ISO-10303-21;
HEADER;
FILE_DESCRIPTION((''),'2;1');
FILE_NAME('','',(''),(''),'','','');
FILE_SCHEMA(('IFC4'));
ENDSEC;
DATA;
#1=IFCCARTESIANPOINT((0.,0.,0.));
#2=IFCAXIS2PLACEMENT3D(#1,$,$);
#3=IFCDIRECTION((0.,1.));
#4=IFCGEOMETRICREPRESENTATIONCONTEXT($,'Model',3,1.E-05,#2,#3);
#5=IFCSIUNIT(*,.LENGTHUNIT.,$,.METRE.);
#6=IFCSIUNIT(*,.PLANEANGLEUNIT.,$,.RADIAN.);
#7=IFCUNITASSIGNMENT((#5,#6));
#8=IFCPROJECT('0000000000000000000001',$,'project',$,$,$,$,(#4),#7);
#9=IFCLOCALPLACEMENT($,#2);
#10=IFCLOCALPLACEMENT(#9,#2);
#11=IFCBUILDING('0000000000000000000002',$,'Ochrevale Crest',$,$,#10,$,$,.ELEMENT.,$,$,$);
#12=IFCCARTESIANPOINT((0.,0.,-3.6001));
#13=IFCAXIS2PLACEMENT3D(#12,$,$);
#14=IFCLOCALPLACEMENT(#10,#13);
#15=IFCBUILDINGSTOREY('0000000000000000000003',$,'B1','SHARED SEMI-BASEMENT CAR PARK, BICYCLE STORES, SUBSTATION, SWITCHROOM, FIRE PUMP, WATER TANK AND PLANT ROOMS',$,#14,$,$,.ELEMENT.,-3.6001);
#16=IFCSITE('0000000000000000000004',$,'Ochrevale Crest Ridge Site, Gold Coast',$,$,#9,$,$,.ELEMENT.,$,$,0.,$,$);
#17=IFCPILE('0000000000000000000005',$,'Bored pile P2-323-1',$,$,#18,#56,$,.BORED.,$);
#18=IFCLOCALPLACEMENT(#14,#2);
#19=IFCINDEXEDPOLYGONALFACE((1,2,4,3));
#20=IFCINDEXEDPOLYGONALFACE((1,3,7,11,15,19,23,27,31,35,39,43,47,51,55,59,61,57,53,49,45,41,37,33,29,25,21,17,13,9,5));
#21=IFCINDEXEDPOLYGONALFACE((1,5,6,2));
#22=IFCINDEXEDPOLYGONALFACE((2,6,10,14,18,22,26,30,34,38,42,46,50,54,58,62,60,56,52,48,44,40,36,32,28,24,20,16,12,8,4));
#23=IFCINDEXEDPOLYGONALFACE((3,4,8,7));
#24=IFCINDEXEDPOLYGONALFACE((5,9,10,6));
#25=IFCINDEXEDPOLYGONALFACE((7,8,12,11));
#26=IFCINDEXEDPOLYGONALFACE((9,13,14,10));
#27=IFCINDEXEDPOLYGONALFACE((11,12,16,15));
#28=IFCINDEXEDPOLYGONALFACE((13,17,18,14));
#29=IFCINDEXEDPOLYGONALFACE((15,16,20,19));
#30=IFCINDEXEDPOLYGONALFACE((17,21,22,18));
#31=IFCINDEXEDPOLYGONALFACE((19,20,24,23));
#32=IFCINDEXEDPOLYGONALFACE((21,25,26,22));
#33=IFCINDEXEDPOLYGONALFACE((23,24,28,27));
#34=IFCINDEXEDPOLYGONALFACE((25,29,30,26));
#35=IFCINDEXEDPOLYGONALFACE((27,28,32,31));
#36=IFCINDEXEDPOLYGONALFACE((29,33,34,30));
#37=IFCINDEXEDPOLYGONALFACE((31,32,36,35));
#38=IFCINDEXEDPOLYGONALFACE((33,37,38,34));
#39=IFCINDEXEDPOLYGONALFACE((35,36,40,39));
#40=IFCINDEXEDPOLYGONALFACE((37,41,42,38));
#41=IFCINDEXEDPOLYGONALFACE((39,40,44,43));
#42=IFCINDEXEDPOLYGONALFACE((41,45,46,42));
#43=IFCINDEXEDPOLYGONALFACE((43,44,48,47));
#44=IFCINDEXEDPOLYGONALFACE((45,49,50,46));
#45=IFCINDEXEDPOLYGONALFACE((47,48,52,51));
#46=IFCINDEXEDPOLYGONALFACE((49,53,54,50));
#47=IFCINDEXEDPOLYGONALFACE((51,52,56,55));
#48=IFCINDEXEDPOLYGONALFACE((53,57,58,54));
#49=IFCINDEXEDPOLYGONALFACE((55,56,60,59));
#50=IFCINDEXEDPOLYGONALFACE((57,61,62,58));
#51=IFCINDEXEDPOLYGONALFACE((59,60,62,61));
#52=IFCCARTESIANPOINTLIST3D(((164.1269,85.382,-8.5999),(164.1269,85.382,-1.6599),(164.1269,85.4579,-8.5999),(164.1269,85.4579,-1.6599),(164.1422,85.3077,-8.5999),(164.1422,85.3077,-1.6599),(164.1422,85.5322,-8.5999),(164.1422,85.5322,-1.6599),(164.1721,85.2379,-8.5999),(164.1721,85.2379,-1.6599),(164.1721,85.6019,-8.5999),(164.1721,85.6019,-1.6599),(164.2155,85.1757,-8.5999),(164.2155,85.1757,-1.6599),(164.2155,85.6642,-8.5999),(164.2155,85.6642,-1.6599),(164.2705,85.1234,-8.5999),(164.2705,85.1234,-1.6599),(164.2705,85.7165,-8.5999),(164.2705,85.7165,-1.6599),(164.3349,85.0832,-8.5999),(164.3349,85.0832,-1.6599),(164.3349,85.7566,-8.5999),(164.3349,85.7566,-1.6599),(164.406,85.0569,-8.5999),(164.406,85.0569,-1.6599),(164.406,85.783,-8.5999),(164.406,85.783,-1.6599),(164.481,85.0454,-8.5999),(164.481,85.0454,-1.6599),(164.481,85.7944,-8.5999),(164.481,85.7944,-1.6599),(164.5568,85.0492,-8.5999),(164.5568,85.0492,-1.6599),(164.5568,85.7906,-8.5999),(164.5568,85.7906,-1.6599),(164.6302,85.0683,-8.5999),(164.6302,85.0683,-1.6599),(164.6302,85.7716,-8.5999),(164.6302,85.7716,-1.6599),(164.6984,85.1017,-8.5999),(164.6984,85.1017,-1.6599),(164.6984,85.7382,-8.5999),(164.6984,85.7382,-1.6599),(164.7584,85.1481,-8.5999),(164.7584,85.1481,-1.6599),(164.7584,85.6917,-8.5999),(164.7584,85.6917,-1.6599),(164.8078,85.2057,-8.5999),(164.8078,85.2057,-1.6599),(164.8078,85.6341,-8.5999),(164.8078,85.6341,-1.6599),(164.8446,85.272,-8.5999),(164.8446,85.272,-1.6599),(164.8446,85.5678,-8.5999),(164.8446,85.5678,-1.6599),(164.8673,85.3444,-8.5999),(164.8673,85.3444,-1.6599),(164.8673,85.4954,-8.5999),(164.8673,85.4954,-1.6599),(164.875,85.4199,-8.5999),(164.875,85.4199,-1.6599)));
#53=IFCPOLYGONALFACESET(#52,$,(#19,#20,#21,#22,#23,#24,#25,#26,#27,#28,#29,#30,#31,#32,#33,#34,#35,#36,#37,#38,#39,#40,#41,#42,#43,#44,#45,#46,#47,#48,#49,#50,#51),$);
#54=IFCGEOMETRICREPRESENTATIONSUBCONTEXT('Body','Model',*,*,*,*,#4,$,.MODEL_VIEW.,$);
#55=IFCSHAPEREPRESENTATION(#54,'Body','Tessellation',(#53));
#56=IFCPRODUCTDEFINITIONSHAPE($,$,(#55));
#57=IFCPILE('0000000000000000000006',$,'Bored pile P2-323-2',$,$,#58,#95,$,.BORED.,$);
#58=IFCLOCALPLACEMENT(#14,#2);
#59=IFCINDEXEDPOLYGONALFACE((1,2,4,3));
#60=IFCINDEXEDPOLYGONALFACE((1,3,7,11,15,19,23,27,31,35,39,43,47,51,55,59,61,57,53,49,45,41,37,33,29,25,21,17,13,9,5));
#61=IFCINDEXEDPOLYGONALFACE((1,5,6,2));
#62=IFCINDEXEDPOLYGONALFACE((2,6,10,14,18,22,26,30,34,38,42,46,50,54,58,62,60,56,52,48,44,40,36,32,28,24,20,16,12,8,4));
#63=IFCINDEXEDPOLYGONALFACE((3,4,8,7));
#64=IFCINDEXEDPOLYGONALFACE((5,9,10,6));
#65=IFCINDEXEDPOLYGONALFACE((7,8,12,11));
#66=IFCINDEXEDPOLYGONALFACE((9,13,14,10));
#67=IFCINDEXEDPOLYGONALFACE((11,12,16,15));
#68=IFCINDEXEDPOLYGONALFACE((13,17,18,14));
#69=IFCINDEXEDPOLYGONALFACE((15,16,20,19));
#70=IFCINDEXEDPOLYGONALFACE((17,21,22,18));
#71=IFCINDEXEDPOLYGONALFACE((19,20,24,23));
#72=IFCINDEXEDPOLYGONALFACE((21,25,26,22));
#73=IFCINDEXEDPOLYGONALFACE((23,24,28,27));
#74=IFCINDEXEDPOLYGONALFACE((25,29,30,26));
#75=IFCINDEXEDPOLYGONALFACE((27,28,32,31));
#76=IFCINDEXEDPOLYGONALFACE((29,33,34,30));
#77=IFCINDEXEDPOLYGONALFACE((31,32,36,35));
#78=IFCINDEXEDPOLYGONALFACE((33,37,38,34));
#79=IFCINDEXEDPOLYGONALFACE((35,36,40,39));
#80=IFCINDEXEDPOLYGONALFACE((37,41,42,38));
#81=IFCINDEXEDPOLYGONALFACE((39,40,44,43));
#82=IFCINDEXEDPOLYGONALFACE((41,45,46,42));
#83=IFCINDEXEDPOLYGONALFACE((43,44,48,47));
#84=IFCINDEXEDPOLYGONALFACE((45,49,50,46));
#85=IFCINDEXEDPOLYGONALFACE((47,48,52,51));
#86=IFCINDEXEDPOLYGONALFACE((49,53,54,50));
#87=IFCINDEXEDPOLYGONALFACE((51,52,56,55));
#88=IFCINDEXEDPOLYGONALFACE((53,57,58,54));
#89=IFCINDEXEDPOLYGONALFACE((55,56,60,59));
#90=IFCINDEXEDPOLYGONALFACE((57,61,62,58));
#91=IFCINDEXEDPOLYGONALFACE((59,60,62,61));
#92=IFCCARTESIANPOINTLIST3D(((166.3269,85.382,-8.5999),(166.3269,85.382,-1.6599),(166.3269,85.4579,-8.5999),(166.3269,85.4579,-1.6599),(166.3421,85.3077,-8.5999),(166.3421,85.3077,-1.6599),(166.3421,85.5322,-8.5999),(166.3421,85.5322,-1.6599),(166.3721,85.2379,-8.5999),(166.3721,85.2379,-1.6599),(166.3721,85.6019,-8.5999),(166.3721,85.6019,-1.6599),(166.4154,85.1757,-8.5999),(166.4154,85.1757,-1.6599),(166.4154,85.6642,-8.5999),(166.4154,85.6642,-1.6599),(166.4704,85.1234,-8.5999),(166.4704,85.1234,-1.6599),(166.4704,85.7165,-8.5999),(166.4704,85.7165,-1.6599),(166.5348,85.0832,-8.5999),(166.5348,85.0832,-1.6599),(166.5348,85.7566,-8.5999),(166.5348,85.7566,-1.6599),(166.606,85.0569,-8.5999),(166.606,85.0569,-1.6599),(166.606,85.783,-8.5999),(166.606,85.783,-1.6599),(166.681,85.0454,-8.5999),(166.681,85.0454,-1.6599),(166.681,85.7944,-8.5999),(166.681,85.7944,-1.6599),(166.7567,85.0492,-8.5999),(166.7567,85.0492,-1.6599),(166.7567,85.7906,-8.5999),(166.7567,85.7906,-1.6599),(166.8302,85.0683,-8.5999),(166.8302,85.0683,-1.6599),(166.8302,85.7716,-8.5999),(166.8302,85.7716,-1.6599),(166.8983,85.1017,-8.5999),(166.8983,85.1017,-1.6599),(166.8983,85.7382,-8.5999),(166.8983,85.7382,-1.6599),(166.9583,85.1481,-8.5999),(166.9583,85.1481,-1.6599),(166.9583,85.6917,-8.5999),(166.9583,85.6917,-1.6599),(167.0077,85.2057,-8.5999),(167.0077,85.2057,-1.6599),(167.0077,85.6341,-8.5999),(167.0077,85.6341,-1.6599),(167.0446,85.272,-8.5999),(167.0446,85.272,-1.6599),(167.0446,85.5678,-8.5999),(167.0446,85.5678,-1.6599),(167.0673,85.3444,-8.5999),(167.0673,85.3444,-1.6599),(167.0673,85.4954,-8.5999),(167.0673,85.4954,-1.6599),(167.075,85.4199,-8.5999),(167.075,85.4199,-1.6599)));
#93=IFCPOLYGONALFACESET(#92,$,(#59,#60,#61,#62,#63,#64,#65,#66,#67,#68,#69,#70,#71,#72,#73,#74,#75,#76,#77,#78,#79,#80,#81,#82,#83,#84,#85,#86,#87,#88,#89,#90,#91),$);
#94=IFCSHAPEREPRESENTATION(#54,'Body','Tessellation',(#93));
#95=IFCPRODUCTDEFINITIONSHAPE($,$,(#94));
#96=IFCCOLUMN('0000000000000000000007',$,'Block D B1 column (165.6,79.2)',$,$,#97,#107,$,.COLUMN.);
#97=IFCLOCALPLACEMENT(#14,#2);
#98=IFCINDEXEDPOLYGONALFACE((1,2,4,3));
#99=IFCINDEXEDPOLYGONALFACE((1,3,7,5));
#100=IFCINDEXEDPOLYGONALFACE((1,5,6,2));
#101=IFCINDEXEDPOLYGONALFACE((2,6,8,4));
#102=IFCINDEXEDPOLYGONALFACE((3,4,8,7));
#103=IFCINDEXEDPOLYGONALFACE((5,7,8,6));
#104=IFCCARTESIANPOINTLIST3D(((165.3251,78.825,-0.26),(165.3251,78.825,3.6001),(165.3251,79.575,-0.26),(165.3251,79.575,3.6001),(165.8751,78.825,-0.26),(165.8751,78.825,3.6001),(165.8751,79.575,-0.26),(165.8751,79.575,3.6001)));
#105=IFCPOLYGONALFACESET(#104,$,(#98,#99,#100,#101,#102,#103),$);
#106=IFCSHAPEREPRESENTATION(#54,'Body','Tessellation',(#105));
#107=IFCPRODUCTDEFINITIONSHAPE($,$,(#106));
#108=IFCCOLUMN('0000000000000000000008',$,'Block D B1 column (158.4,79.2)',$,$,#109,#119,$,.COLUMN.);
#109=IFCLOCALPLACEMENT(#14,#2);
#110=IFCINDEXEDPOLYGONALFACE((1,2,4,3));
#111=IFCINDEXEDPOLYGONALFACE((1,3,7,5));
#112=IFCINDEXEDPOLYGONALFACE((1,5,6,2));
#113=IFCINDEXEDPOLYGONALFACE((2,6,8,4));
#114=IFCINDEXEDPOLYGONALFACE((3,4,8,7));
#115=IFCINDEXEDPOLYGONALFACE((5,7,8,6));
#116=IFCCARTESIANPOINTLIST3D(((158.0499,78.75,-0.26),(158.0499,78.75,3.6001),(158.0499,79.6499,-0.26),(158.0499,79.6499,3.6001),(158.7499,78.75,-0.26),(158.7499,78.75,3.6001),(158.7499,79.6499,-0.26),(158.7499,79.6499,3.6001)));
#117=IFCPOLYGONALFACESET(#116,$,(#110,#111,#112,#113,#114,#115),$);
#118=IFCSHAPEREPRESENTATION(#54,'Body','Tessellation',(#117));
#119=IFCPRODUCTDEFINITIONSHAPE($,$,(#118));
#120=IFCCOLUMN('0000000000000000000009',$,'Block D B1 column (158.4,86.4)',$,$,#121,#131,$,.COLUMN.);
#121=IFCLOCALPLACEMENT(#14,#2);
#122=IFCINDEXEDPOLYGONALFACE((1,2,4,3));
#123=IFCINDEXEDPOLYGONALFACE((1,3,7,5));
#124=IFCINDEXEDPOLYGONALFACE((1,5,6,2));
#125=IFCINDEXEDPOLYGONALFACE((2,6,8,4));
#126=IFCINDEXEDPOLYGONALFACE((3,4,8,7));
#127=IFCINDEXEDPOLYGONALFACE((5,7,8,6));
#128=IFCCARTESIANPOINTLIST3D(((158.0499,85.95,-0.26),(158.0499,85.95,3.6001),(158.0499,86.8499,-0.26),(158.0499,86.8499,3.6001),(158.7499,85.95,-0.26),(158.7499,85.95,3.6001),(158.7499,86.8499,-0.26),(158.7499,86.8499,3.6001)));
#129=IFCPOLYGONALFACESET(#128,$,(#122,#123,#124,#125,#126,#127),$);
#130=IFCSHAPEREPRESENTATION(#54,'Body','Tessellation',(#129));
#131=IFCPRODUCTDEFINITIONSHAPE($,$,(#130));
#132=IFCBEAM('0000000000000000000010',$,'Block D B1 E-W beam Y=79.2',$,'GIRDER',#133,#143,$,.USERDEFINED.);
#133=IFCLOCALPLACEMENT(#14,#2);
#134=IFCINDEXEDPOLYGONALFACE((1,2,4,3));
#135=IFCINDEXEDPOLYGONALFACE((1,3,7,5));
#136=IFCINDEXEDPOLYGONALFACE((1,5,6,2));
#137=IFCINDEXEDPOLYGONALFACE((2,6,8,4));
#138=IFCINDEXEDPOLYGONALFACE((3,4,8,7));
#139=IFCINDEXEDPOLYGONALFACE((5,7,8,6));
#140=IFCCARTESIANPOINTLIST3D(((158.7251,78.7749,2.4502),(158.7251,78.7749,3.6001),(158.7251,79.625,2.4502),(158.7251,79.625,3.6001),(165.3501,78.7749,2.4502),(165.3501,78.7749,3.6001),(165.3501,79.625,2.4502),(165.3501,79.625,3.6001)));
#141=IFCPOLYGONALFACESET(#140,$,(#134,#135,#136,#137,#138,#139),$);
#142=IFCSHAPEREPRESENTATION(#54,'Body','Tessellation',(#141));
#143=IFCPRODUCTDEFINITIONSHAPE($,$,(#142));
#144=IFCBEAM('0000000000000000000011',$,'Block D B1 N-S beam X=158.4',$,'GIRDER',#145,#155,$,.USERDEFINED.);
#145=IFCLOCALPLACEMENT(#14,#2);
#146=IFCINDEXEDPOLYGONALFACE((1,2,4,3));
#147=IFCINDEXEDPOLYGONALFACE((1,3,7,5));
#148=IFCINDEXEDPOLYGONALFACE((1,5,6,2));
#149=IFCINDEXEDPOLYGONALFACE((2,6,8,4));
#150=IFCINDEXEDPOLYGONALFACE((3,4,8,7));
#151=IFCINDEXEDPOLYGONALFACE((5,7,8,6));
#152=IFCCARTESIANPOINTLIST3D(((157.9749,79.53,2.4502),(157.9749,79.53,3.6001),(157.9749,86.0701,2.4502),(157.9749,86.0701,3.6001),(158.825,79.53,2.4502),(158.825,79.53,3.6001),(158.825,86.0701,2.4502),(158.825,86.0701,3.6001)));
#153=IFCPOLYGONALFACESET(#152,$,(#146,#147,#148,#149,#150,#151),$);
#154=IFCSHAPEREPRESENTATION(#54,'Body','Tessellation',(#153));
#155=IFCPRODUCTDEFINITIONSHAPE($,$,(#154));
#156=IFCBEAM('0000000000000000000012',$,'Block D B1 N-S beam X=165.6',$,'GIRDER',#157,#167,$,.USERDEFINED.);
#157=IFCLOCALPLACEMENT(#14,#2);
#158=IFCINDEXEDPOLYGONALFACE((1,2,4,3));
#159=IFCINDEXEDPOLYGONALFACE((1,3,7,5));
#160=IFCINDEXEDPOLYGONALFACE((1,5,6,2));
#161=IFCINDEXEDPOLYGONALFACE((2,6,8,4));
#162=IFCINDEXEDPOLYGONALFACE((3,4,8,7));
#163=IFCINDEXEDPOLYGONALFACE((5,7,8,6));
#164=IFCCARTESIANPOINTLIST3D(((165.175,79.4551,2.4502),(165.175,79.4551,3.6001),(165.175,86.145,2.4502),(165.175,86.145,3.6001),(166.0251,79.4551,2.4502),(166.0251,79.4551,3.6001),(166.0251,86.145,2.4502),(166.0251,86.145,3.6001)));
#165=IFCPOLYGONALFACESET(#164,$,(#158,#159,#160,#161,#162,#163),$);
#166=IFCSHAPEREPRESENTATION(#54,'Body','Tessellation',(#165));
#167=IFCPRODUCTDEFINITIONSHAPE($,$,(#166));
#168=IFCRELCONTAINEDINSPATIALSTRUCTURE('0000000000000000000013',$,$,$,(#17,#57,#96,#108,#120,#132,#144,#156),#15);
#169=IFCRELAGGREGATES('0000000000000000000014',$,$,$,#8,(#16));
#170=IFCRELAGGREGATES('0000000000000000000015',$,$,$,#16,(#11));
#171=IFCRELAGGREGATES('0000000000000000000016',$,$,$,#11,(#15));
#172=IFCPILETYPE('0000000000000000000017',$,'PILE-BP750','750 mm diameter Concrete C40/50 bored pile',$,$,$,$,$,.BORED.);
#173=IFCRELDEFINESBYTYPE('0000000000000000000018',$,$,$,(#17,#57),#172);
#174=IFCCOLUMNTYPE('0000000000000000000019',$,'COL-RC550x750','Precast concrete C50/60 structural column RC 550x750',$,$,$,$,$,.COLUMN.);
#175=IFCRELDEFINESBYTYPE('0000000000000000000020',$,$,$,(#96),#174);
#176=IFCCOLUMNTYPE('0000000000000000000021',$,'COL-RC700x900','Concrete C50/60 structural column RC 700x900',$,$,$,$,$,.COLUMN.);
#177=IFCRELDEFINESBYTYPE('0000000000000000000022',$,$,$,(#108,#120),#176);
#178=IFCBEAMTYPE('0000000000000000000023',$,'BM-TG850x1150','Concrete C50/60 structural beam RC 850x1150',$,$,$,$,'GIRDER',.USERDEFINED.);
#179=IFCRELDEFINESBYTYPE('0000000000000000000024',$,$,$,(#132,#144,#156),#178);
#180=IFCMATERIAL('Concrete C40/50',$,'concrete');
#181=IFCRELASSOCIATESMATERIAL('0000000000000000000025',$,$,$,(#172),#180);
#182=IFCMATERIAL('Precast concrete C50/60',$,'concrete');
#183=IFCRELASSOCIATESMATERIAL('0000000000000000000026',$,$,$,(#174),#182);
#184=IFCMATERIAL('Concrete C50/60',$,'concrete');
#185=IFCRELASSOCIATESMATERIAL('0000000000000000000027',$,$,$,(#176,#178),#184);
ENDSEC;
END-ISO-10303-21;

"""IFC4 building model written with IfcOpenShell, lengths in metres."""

from ifc_helpers import new_model, si_unit, direction, frame, origin, origin_2d, place, context, subcontext, project, spatial, rectangle, circle, extrude, material, material_profile, profile_set, type_object, element, save


model = new_model("IFC4")

# Units and contexts
model_context = context("Model", 3, precision=1e-05, world=origin(), true_north=direction((0.0, 1.0)))
body_context = subcontext(model_context, "Body", "Model", "MODEL_VIEW")
ifc_project = project(units=[si_unit("LENGTHUNIT", "METRE"), si_unit("PLANEANGLEUNIT", "RADIAN")], contexts=[model_context])

# Site, building, storey
site_placement = place(None, origin())
site = spatial("IfcSite", under=ifc_project, at=site_placement, Name="Ochrevale Crest Ridge Site, Gold Coast", CompositionType="ELEMENT", RefElevation=0.0)
building_placement = place(site_placement, origin())
building = spatial("IfcBuilding", under=site, at=building_placement, Name="Ochrevale Crest", CompositionType="ELEMENT")
storey_placement = place(building_placement, frame((0.0, 0.0, -3.6001)))
storey = spatial("IfcBuildingStorey", under=building, at=storey_placement, Name="B1", Description="SHARED SEMI-BASEMENT CAR PARK, BICYCLE STORES, SUBSTATION, SWITCHROOM, FIRE PUMP, WATER TANK AND PLANT ROOMS", CompositionType="ELEMENT", Elevation=-3.6001)

# Shared definitions
ifc_material_1 = material(Name="Concrete C40/50", Category="concrete")

# Piles
ifc_material_profile_1 = material_profile(ifc_material_1, circle(Radius=0.375, at=origin_2d()), Name="BORED PILE 750")
ifc_profile_set_1 = profile_set([ifc_material_profile_1], Name="Concrete C40/50")
pile_type_1 = type_object("IfcPileType", Name="PILE-BP750", Description="750 mm diameter Concrete C40/50 bored pile", PredefinedType="BORED", material=ifc_profile_set_1)
for number, where, z_axis, x_axis, name in (
    (1, (164.5, 85.4199, -1.6599), (0.0, 0.0, -1.0), (1.0, 0.0, 0.0), "Bored pile P2-323-1"),
    (2, (166.7, 85.4199, -1.6599), (0.0, 0.0, -1.0), (1.0, 0.0, 0.0), "Bored pile P2-323-2"),
):
    element("IfcPile", number, at=place(storey_placement, frame(where, z_axis=z_axis, x_axis=x_axis)), inside=storey, type_object=pile_type_1, Name=name, PredefinedType="BORED", context=body_context, shape_type="SweptSolid", body=[
        extrude(circle(Radius=0.375, at=origin_2d()), origin(), (0.0, 0.0, 1.0), 6.9399),
    ])

# Columns
ifc_material_2 = material(Name="Precast concrete C50/60", Category="concrete")
ifc_material_profile_2 = material_profile(ifc_material_2, rectangle(XDim=0.55, YDim=0.75, at=origin_2d()), Name="RC 550x750")
ifc_profile_set_2 = profile_set([ifc_material_profile_2], Name="Precast concrete C50/60")
column_type_1 = type_object("IfcColumnType", Name="COL-RC550x750", Description="Precast concrete C50/60 structural column RC 550x750", PredefinedType="COLUMN", material=ifc_profile_set_2)
column_placement = place(storey_placement, frame((165.6001, 79.2, -0.26), z_axis=(0.0, 0.0, 1.0), x_axis=(1.0, 0.0, 0.0)))
element("IfcColumn", 3, at=column_placement, inside=storey, type_object=column_type_1, Name="Block D B1 column (165.6,79.2)", PredefinedType="COLUMN", context=body_context, shape_type="SweptSolid", body=[
    extrude(rectangle(XDim=0.55, YDim=0.75, at=origin_2d()), origin(), (0.0, 0.0, 1.0), 3.8601),
])
ifc_material_3 = material(Name="Concrete C50/60", Category="concrete")
ifc_material_profile_3 = material_profile(ifc_material_3, rectangle(XDim=0.7, YDim=0.8999, at=origin_2d()), Name="RC 700x900")
ifc_profile_set_3 = profile_set([ifc_material_profile_3], Name="Concrete C50/60")
column_type_2 = type_object("IfcColumnType", Name="COL-RC700x900", Description="Concrete C50/60 structural column RC 700x900", PredefinedType="COLUMN", material=ifc_profile_set_3)
for number, where, z_axis, x_axis, name in (
    (4, (158.3999, 79.2, -0.26), (0.0, 0.0, 1.0), (1.0, 0.0, 0.0), "Block D B1 column (158.4,79.2)"),
    (5, (158.3999, 86.3999, -0.26), (0.0, 0.0, 1.0), (1.0, 0.0, 0.0), "Block D B1 column (158.4,86.4)"),
):
    element("IfcColumn", number, at=place(storey_placement, frame(where, z_axis=z_axis, x_axis=x_axis)), inside=storey, type_object=column_type_2, Name=name, PredefinedType="COLUMN", context=body_context, shape_type="SweptSolid", body=[
        extrude(rectangle(XDim=0.7, YDim=0.8999, at=origin_2d()), origin(), (0.0, 0.0, 1.0), 3.8601),
    ])

# Beams
ifc_material_profile_4 = material_profile(ifc_material_3, rectangle(XDim=0.8501, YDim=1.1499, at=origin_2d()), Name="RC 850x1150")
ifc_profile_set_4 = profile_set([ifc_material_profile_4], Name="Concrete C50/60")
beam_type = type_object("IfcBeamType", Name="BM-TG850x1150", Description="Concrete C50/60 structural beam RC 850x1150", ElementType="GIRDER", PredefinedType="USERDEFINED", material=ifc_profile_set_4)
beam_1_placement = place(storey_placement, frame((158.7251, 79.2, 3.0251), z_axis=(1.0, 0.0, 0.0), x_axis=(0.0, 1.0, 0.0)))
element("IfcBeam", 6, at=beam_1_placement, inside=storey, type_object=beam_type, Name="Block D B1 E-W beam Y=79.2", ObjectType="GIRDER", PredefinedType="USERDEFINED", context=body_context, shape_type="SweptSolid", body=[
    extrude(rectangle(XDim=0.8501, YDim=1.1499, at=origin_2d()), origin(), (0.0, 0.0, 1.0), 6.625),
])
beam_2_placement = place(storey_placement, frame((158.3999, 79.53, 3.0251), z_axis=(0.0, 1.0, 0.0), x_axis=(-1.0, 0.0, 0.0)))
element("IfcBeam", 7, at=beam_2_placement, inside=storey, type_object=beam_type, Name="Block D B1 N-S beam X=158.4", ObjectType="GIRDER", PredefinedType="USERDEFINED", context=body_context, shape_type="SweptSolid", body=[
    extrude(rectangle(XDim=0.8501, YDim=1.1499, at=origin_2d()), origin(), (0.0, 0.0, 1.0), 6.54),
])
beam_3_placement = place(storey_placement, frame((165.6001, 79.4551, 3.0251), z_axis=(0.0, 1.0, 0.0), x_axis=(-1.0, 0.0, 0.0)))
element("IfcBeam", 8, at=beam_3_placement, inside=storey, type_object=beam_type, Name="Block D B1 N-S beam X=165.6", ObjectType="GIRDER", PredefinedType="USERDEFINED", context=body_context, shape_type="SweptSolid", body=[
    extrude(rectangle(XDim=0.8501, YDim=1.1499, at=origin_2d()), origin(), (0.0, 0.0, 1.0), 6.6899),
])

save(model, "model.ifc")
